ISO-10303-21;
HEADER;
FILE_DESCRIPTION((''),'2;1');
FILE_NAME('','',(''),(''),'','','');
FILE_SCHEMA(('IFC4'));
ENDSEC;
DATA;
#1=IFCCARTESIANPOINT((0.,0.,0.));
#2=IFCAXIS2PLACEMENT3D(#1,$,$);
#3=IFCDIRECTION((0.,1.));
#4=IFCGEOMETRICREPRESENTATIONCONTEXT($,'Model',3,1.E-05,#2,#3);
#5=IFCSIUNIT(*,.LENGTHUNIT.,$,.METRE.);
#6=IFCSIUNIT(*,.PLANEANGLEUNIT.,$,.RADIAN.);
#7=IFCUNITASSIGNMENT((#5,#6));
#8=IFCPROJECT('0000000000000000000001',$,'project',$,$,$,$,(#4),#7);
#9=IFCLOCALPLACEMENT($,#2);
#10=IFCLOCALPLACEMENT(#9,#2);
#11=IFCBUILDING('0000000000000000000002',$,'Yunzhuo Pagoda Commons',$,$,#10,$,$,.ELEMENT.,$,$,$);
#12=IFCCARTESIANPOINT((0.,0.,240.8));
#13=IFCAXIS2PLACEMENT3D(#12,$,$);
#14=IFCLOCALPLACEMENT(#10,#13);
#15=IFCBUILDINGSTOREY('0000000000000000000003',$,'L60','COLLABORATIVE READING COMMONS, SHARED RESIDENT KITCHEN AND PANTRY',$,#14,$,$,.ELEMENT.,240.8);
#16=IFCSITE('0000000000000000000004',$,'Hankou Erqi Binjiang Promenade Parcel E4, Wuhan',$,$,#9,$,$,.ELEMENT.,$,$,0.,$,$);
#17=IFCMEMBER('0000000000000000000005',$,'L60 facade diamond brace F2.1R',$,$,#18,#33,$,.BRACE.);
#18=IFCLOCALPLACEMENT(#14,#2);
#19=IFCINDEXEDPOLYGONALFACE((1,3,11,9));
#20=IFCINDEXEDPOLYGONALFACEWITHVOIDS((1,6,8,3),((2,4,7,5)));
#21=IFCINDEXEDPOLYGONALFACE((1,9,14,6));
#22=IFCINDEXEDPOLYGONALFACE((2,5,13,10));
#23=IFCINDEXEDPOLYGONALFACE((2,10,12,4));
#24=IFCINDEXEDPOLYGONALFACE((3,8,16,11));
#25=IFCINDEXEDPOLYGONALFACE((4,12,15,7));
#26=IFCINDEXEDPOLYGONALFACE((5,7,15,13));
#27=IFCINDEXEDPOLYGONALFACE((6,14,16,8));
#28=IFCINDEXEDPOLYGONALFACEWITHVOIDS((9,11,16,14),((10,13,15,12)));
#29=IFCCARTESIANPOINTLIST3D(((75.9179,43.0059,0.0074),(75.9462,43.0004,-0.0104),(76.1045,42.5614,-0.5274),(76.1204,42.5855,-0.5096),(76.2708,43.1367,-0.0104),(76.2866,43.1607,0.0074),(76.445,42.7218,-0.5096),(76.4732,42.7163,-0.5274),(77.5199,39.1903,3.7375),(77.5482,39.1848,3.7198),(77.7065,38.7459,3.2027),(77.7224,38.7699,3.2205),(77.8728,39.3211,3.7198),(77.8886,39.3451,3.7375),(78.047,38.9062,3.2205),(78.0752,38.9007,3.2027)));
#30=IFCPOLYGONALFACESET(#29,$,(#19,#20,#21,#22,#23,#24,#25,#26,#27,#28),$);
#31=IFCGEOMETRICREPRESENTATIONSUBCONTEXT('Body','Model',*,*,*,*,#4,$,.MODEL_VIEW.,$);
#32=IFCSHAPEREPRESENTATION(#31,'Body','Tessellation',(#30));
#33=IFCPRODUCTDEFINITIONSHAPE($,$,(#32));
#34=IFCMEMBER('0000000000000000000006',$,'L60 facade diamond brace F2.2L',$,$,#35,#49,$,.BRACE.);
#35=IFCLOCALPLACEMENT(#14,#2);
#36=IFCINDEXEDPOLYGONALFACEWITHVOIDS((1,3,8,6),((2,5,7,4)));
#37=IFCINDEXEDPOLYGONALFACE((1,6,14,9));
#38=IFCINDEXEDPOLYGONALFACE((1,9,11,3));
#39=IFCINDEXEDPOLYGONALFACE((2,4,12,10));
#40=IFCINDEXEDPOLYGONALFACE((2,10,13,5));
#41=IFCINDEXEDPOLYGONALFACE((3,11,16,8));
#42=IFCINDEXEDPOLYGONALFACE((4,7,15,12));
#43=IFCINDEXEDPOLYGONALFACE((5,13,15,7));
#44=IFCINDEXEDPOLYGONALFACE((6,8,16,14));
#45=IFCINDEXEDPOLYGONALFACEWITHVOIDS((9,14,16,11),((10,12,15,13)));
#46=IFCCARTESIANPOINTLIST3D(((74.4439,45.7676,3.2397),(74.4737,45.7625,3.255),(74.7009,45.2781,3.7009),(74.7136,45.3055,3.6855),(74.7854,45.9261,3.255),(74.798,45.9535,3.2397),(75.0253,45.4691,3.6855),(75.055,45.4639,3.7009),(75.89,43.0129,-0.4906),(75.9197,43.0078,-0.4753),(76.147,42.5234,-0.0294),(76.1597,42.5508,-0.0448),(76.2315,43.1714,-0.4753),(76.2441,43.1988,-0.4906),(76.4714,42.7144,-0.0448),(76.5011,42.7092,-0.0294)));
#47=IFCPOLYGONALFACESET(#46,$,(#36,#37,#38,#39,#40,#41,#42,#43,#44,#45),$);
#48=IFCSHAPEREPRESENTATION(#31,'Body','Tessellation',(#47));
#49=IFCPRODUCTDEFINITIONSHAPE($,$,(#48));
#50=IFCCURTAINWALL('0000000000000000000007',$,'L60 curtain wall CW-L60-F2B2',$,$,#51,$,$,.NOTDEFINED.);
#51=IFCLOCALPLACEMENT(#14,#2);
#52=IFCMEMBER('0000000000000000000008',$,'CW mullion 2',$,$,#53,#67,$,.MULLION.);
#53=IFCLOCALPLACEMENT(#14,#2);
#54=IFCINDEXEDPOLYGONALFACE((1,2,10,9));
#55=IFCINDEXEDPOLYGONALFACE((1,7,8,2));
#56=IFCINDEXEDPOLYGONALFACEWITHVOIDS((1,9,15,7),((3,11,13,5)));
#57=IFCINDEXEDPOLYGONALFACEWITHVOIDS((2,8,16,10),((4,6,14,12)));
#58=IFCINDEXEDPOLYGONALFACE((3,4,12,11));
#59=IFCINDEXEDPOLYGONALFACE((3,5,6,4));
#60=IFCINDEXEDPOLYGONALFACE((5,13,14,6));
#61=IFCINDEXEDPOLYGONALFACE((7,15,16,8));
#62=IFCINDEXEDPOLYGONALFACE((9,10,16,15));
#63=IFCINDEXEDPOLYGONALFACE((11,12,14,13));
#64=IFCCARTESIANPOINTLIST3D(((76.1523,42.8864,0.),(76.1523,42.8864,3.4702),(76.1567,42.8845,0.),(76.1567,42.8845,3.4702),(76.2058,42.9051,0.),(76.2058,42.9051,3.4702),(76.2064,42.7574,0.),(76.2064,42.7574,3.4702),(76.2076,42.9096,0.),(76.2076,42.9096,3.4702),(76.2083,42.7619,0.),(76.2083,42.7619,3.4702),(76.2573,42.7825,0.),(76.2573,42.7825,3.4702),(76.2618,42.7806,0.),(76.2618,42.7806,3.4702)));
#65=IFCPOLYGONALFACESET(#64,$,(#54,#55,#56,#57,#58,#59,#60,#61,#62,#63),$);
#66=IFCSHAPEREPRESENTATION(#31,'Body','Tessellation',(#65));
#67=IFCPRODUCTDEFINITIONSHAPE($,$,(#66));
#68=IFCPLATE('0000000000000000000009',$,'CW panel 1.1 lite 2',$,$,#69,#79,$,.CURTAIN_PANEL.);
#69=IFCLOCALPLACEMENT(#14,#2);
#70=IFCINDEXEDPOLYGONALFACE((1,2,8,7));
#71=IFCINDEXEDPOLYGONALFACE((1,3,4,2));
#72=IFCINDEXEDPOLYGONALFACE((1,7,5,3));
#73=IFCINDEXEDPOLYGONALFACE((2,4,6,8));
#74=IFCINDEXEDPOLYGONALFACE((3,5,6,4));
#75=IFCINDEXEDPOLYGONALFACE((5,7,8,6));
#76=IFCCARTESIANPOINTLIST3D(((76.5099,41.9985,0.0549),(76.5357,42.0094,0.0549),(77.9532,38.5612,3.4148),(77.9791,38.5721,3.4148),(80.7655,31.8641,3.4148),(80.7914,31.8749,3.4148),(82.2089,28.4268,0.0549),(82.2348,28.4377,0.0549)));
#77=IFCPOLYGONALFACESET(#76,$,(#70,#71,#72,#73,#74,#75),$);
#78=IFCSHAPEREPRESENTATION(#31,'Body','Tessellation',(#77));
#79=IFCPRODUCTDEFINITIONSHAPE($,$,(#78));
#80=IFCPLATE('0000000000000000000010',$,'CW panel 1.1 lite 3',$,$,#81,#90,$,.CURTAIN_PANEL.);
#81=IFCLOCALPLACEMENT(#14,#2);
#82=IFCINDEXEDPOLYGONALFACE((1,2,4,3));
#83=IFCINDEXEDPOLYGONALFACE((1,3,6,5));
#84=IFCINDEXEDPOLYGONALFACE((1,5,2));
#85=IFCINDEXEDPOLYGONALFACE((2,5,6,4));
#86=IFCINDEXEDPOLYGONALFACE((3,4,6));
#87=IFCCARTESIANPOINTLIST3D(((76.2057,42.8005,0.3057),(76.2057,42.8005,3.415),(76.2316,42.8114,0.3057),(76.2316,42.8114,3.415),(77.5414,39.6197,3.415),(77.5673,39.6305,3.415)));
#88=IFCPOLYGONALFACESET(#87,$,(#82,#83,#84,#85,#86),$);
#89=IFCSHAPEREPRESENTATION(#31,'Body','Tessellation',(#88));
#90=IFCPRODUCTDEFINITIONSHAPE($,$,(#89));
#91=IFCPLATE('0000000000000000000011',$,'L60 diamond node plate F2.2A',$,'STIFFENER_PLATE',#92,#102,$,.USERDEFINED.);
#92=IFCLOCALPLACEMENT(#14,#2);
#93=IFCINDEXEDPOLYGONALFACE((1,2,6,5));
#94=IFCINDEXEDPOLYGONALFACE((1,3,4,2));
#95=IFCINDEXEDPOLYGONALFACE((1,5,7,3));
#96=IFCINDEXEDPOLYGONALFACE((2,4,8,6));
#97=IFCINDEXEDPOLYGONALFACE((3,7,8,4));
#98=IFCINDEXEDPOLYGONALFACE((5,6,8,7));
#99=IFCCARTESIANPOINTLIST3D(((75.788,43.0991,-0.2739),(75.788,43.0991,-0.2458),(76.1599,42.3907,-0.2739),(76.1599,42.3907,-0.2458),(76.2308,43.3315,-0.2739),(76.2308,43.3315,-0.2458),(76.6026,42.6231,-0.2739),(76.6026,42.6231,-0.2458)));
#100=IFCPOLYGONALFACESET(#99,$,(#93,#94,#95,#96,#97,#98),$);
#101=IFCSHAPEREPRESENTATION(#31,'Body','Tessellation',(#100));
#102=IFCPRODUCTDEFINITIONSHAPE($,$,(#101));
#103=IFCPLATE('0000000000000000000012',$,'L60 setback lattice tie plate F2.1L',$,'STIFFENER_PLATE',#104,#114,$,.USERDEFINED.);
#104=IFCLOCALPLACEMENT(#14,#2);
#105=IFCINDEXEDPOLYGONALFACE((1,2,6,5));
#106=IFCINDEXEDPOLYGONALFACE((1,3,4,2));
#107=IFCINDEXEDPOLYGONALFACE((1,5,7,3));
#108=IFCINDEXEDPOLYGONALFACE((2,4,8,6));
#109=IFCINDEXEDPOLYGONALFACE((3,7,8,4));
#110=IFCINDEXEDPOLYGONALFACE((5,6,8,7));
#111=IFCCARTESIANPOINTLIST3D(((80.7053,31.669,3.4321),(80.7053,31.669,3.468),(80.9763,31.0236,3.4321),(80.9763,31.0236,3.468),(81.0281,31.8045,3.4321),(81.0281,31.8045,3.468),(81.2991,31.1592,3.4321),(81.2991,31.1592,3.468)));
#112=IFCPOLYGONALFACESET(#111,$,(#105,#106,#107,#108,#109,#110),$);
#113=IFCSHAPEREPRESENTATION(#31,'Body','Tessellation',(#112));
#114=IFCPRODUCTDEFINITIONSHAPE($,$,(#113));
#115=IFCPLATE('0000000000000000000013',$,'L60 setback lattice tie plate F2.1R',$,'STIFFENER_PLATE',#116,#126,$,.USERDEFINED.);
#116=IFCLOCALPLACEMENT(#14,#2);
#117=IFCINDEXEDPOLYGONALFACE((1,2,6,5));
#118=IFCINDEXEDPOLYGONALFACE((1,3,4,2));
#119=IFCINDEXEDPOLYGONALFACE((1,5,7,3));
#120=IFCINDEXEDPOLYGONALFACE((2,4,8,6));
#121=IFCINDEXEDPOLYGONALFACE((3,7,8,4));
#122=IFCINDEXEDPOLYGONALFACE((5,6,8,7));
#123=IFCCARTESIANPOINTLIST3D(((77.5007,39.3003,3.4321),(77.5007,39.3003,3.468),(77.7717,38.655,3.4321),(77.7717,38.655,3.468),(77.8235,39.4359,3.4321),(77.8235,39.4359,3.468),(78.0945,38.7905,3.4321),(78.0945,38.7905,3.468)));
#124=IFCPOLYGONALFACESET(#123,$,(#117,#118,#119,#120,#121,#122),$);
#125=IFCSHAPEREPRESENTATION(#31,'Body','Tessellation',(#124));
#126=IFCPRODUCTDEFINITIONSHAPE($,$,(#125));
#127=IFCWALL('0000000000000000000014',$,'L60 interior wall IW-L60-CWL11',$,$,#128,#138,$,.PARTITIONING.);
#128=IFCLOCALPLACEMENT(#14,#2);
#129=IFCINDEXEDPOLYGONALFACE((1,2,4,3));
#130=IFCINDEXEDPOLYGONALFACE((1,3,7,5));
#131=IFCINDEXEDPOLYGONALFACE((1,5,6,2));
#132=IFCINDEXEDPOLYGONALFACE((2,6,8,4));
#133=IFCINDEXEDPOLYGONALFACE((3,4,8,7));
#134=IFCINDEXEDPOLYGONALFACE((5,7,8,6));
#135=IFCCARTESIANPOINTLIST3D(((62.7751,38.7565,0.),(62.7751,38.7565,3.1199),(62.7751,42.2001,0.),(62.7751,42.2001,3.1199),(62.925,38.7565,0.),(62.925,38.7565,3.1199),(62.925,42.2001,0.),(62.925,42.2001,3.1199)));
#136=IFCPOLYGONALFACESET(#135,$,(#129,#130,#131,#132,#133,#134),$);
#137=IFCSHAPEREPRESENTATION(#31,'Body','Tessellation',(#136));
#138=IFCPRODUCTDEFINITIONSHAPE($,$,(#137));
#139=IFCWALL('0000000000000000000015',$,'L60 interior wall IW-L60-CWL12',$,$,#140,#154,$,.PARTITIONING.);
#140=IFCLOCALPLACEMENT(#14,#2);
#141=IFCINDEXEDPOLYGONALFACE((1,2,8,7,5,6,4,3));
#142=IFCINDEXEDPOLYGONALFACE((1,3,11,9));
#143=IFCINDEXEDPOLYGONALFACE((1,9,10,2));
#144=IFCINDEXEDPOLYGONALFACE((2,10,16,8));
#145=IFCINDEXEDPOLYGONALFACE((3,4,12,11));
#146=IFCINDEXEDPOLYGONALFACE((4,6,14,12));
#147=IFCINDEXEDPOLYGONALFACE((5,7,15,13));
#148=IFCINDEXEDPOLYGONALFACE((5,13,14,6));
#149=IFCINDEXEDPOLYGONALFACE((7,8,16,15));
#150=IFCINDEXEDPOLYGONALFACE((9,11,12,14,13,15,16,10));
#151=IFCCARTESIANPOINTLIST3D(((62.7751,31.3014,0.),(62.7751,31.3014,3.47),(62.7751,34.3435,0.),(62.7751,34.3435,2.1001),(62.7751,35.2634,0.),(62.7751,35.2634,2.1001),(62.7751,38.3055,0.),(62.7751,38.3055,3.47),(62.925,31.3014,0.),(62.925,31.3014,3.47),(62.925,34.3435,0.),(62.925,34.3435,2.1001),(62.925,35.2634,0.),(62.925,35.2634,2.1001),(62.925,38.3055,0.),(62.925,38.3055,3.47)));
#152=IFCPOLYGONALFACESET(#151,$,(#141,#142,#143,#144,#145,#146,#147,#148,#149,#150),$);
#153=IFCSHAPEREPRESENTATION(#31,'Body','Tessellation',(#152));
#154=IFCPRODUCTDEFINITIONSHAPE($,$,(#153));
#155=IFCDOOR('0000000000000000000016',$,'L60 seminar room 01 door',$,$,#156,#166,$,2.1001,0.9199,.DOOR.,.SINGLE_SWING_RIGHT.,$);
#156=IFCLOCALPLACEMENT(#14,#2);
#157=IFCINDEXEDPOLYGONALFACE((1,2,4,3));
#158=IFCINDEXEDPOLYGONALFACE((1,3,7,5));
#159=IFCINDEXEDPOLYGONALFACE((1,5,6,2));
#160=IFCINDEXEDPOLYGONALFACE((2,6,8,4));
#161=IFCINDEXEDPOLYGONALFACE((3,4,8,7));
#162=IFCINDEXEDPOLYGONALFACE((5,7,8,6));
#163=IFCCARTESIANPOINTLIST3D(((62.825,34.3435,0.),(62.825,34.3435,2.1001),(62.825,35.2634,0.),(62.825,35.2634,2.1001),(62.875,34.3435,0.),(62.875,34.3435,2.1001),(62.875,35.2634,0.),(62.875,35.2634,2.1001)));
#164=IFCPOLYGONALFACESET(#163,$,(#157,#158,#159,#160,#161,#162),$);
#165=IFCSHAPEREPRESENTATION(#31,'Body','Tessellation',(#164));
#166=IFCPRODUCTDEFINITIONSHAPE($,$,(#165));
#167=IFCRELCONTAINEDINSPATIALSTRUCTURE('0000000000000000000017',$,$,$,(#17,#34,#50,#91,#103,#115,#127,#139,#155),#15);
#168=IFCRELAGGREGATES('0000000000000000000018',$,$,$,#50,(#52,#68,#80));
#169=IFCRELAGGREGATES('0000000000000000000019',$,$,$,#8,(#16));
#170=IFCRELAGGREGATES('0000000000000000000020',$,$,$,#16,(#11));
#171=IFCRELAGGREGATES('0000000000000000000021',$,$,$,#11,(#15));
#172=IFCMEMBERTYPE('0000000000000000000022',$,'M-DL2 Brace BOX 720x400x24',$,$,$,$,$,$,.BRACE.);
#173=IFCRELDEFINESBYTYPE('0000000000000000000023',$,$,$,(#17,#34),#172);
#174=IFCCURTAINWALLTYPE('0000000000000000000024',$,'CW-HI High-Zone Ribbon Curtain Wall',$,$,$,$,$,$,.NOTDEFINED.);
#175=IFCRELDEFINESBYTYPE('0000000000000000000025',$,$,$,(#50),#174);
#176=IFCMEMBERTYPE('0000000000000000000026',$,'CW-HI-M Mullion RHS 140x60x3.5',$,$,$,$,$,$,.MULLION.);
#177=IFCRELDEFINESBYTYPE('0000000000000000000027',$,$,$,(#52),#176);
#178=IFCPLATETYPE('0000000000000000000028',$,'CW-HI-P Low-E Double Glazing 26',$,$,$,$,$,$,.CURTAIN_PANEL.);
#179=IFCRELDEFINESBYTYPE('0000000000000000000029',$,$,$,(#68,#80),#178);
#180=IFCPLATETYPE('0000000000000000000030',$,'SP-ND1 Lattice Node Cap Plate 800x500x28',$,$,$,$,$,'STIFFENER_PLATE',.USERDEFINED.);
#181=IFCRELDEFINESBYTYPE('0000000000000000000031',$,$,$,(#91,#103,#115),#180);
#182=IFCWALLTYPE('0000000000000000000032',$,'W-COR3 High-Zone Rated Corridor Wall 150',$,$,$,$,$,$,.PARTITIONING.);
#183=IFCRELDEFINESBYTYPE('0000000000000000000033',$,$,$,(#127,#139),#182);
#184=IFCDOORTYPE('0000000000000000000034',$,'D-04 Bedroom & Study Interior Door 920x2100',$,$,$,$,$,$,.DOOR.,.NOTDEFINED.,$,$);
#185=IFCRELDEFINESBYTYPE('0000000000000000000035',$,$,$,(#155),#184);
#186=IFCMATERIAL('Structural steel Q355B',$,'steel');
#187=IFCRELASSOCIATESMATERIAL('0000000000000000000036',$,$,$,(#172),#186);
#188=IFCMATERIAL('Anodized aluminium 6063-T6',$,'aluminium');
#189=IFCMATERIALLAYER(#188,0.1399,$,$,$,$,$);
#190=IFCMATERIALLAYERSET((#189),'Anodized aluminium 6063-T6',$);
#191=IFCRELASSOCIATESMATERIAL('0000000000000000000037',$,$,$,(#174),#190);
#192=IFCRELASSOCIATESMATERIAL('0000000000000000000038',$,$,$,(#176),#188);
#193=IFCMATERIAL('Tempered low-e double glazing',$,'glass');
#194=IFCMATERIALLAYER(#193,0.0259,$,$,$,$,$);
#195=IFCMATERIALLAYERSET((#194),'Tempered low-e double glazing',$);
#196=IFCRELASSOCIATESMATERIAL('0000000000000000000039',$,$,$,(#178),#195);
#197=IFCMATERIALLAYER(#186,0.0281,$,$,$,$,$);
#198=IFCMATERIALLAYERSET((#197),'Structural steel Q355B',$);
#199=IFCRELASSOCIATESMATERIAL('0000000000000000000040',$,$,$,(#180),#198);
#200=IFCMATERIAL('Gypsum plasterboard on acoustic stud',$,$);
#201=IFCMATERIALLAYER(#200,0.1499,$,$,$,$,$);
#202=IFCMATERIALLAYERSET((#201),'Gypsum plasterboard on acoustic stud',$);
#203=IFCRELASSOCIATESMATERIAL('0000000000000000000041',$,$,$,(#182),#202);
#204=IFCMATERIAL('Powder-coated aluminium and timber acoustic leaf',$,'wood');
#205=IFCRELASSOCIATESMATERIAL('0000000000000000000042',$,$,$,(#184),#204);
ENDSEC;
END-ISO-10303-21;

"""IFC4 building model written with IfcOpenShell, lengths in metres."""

from ifc_helpers import new_model, si_unit, direction, frame, frame_2d, origin, origin_with_axes, origin_2d, place, context, subcontext, project, spatial, polyline, rectangle, hollow_rectangle, outline, extrude, source, transform, mapped, material, layer, layer_set, material_profile, profile_set, type_object, element, fill, aggregate, save


model = new_model("IFC4")

# Units and contexts
model_context = context("Model", 3, precision=1e-05, world=origin(), true_north=direction((0.0, 1.0)))
body_context = subcontext(model_context, "Body", "Model", "MODEL_VIEW")
ifc_project = project(units=[si_unit("LENGTHUNIT", "METRE"), si_unit("PLANEANGLEUNIT", "RADIAN")], contexts=[model_context])

# Site, building, storey
site_placement = place(None, origin())
site = spatial("IfcSite", under=ifc_project, at=site_placement, Name="Hankou Erqi Binjiang Promenade Parcel E4, Wuhan", CompositionType="ELEMENT", RefElevation=0.0)
building_placement = place(site_placement, origin())
building = spatial("IfcBuilding", under=site, at=building_placement, Name="Yunzhuo Pagoda Commons", CompositionType="ELEMENT")
storey_placement = place(building_placement, frame((0.0, 0.0, 240.8)))
storey = spatial("IfcBuildingStorey", under=building, at=storey_placement, Name="L60", Description="COLLABORATIVE READING COMMONS, SHARED RESIDENT KITCHEN AND PANTRY", CompositionType="ELEMENT", Elevation=240.8)

# Shared definitions
ifc_material_1 = material(Name="Structural steel Q355B", Category="steel")

# Members
ifc_material_profile_1 = material_profile(ifc_material_1, hollow_rectangle(XDim=0.3999, YDim=0.72, WallThickness=0.0239, at=origin_2d()), Name="Structural steel Q355B")
ifc_profile_set_1 = profile_set([ifc_material_profile_1], Name="Structural steel Q355B")
member_type_1 = type_object("IfcMemberType", Name="M-DL2 Brace BOX 720x400x24", PredefinedType="BRACE", material=ifc_profile_set_1)
shared_shape_1 = source(origin(), body_context, "Body", "SweptSolid", [
    extrude(hollow_rectangle(XDim=0.3999, YDim=0.72, WallThickness=0.0239, at=origin_2d()), origin(), (0.0, 0.0, 1.0), 5.5713),
])
member_1_placement = place(storey_placement, frame((76.1956, 42.8611, -0.26), z_axis=(0.287549, -0.684868, 0.669531), x_axis=(0.922028, 0.387123, 0.0)))
element("IfcMember", 1, at=member_1_placement, inside=storey, type_object=member_type_1, Name="L60 facade diamond brace F2.1R", PredefinedType="BRACE", context=body_context, shape_type="MappedRepresentation", body=[
    mapped(shared_shape_1, transform((0.0, 0.0, 0.0), scale=1.0)),
])
shared_shape_2 = source(origin(), body_context, "Body", "SweptSolid", [
    extrude(hollow_rectangle(XDim=0.3999, YDim=0.72, WallThickness=0.0239, at=origin_2d()), origin(), (0.0, 0.0, 1.0), 4.8574),
])
member_2_placement = place(storey_placement, frame((76.1956, 42.8611, -0.26), z_axis=(-0.297704, 0.56711, 0.767958), x_axis=(-0.885416, -0.464799, 0.0)))
element("IfcMember", 2, at=member_2_placement, inside=storey, type_object=member_type_1, Name="L60 facade diamond brace F2.2L", PredefinedType="BRACE", context=body_context, shape_type="MappedRepresentation", body=[
    mapped(shared_shape_2, transform((0.0, 0.0, 0.0), scale=1.0)),
])

# Curtain wall, member, plates
ifc_material_2 = material(Name="Anodized aluminium 6063-T6", Category="aluminium")
ifc_layer_1 = layer(ifc_material_2, 0.1399)
ifc_layer_set_1 = layer_set([ifc_layer_1], Name="Anodized aluminium 6063-T6")
curtain_wall_type = type_object("IfcCurtainWallType", Name="CW-HI High-Zone Ribbon Curtain Wall", PredefinedType="NOTDEFINED", material=ifc_layer_set_1)
curtain_wall_placement = place(storey_placement, origin())
curtain_wall = element("IfcCurtainWall", 3, at=curtain_wall_placement, inside=storey, type_object=curtain_wall_type, Name="L60 curtain wall CW-L60-F2B2", PredefinedType="NOTDEFINED")
ifc_material_profile_2 = material_profile(ifc_material_2, hollow_rectangle(XDim=0.0601, YDim=0.1399, WallThickness=0.0034, at=origin_2d()), Name="Anodized aluminium 6063-T6")
ifc_profile_set_2 = profile_set([ifc_material_profile_2], Name="Anodized aluminium 6063-T6")
member_type_2 = type_object("IfcMemberType", Name="CW-HI-M Mullion RHS 140x60x3.5", PredefinedType="MULLION", material=ifc_profile_set_2)
shared_shape_3 = source(origin(), body_context, "Body", "SweptSolid", [
    extrude(hollow_rectangle(XDim=0.0601, YDim=0.1399, WallThickness=0.0034, at=origin_2d()), origin(), (0.0, 0.0, 1.0), 3.4702),
])
member_3_placement = place(storey_placement, frame((76.207, 42.8335, 0.0), z_axis=(0.0, 0.0, 1.0), x_axis=(-0.922008, -0.38717, 0.0)))
member_3 = element("IfcMember", 4, at=member_3_placement, type_object=member_type_2, Name="CW mullion 2", PredefinedType="MULLION", context=body_context, shape_type="MappedRepresentation", body=[
    mapped(shared_shape_3, transform((0.0, 0.0, 0.0), scale=1.0)),
])
ifc_material_3 = material(Name="Tempered low-e double glazing", Category="glass")
ifc_layer_2 = layer(ifc_material_3, 0.0259)
ifc_layer_set_2 = layer_set([ifc_layer_2], Name="Tempered low-e double glazing")
plate_type_1 = type_object("IfcPlateType", Name="CW-HI-P Low-E Double Glazing 26", PredefinedType="CURTAIN_PANEL", material=ifc_layer_set_2)
plate_1_placement = place(storey_placement, frame((79.3594, 35.2126, 1.7349), z_axis=(0.922008, 0.38717, 0.0), x_axis=(-0.38717, 0.922008, 0.0)))
plate_1 = element("IfcPlate", 5, at=plate_1_placement, type_object=plate_type_1, Name="CW panel 1.1 lite 2", PredefinedType="CURTAIN_PANEL", context=body_context, shape_type="SweptSolid", body=[
    extrude(outline(polyline([(-7.3599, -1.6799), (7.3599, -1.6799), (3.6318, 1.6799), (-3.6318, 1.6799), (-7.3599, -1.6799)])), origin(), (0.0, 0.0, 1.0), 0.0281),
])
plate_2_placement = place(storey_placement, frame((76.8735, 41.2102, 1.8604), z_axis=(0.922008, 0.38717, 0.0), x_axis=(-0.38717, 0.922008, 0.0)))
plate_2 = element("IfcPlate", 6, at=plate_2_placement, type_object=plate_type_1, Name="CW panel 1.1 lite 3", PredefinedType="CURTAIN_PANEL", context=body_context, shape_type="SweptSolid", body=[
    extrude(outline(polyline([(-1.7251, 1.5547), (1.7249, -1.5547), (1.7249, 1.5547), (-1.7251, 1.5547)])), origin(), (0.0, 0.0, 1.0), 0.0281),
])
aggregate(curtain_wall, [member_3, plate_1, plate_2])

# Plates
ifc_layer_3 = layer(ifc_material_1, 0.0281)
ifc_layer_set_3 = layer_set([ifc_layer_3], Name="Structural steel Q355B")
plate_type_2 = type_object("IfcPlateType", Name="SP-ND1 Lattice Node Cap Plate 800x500x28", ElementType="STIFFENER_PLATE", PredefinedType="USERDEFINED", material=ifc_layer_set_3)
shared_shape_4 = source(origin(), body_context, "Body", "SweptSolid", [
    extrude(rectangle(XDim=0.8, YDim=0.5, at=origin_2d()), origin(), (0.0, 0.0, 1.0), 0.0281),
])
plate_3_placement = place(storey_placement, frame((76.1953, 42.8611, -0.2739), z_axis=(0.0, 0.0, 1.0), x_axis=(-0.464765, 0.885434, 0.0)))
element("IfcPlate", 7, at=plate_3_placement, inside=storey, type_object=plate_type_2, Name="L60 diamond node plate F2.2A", ObjectType="STIFFENER_PLATE", PredefinedType="USERDEFINED", context=body_context, shape_type="MappedRepresentation", body=[
    mapped(shared_shape_4, transform((0.0, 0.0, 0.0), scale=1.0)),
])
shared_shape_5 = source(origin(), body_context, "Body", "SweptSolid", [
    extrude(rectangle(XDim=0.7, YDim=0.3501, at=origin_2d()), origin(), (0.0, 0.0, 1.0), 0.0359),
])
for number, where, z_axis, x_axis, name in (
    (8, (81.0022, 31.4141, 3.4321), (0.0, 0.0, 1.0), (-0.387178, 0.922005, 0.0), "L60 setback lattice tie plate F2.1L"),
    (9, (77.7976, 39.0454, 3.4321), (0.0, 0.0, 1.0), (-0.387178, 0.922005, 0.0), "L60 setback lattice tie plate F2.1R"),
):
    element("IfcPlate", number, at=place(storey_placement, frame(where, z_axis=z_axis, x_axis=x_axis)), inside=storey, type_object=plate_type_2, Name=name, ObjectType="STIFFENER_PLATE", PredefinedType="USERDEFINED", context=body_context, shape_type="MappedRepresentation", body=[
        mapped(shared_shape_5, transform((0.0, 0.0, 0.0), scale=1.0)),
    ])

# Wall
ifc_material_4 = material(Name="Gypsum plasterboard on acoustic stud")
ifc_layer_4 = layer(ifc_material_4, 0.1499)
ifc_layer_set_4 = layer_set([ifc_layer_4], Name="Gypsum plasterboard on acoustic stud")
wall_type_1 = type_object("IfcWallType", Name="W-COR3 High-Zone Rated Corridor Wall 150", PredefinedType="PARTITIONING", material=ifc_layer_set_4)
wall_1_placement = place(storey_placement, frame((62.8501, 42.2, 0.0), z_axis=(0.0, 0.0, 1.0), x_axis=(0.0, -1.0, 0.0)))
element("IfcWall", 10, at=wall_1_placement, inside=storey, type_object=wall_type_1, Name="L60 interior wall IW-L60-CWL11", PredefinedType="PARTITIONING", context=body_context, shape_type="SweptSolid", body=[
    extrude(rectangle(XDim=3.4436, YDim=0.1499, at=frame_2d((1.7217, 0.0))), origin(), (0.0, 0.0, 1.0), 3.1199),
])

# Wall, opening, door
wall_2_placement = place(storey_placement, frame((62.8501, 38.3054, 0.0), z_axis=(0.0, 0.0, 1.0), x_axis=(0.0, -1.0, 0.0)))
wall_2 = element("IfcWall", 11, at=wall_2_placement, inside=storey, type_object=wall_type_1, Name="L60 interior wall IW-L60-CWL12", PredefinedType="PARTITIONING", context=body_context, shape_type="SweptSolid", body=[
    extrude(rectangle(XDim=7.0042, YDim=0.1499, at=frame_2d((3.502, 0.0))), origin(), (0.0, 0.0, 1.0), 3.47),
])
opening_placement = place(wall_2_placement, frame((3.042, 0.0, 0.0)))
opening = element("IfcOpeningElement", 12, at=opening_placement, cuts=wall_2, PredefinedType="OPENING", context=body_context, shape_type="SweptSolid", body=[
    extrude(rectangle(XDim=0.9199, YDim=2.1001, at=frame_2d((0.46, 1.05))), frame((0.0, 0.085, 0.0), z_axis=(0.0, -1.0, 0.0), x_axis=(1.0, 0.0, 0.0)), (0.0, 0.0, 1.0), 0.1699),
])
ifc_material_5 = material(Name="Powder-coated aluminium and timber acoustic leaf", Category="wood")
door_type = type_object("IfcDoorType", Name="D-04 Bedroom & Study Interior Door 920x2100", OperationType="NOTDEFINED", PredefinedType="DOOR", material=ifc_material_5)
shared_shape_6 = source(origin(), body_context, "Body", "SweptSolid", [
    extrude(rectangle(XDim=0.9199, YDim=2.1001, at=frame_2d((0.46, 1.05))), frame((0.0, 0.0249, 0.0), z_axis=(0.0, -1.0, 0.0), x_axis=(1.0, 0.0, 0.0)), (0.0, 0.0, 1.0), 0.05),
])
door_placement = place(opening_placement, origin_with_axes())
door = element("IfcDoor", 13, at=door_placement, inside=storey, type_object=door_type, Name="L60 seminar room 01 door", OperationType="SINGLE_SWING_RIGHT", OverallHeight=2.1001, OverallWidth=0.9199, PredefinedType="DOOR", context=body_context, shape_type="MappedRepresentation", body=[
    mapped(shared_shape_6, transform((0.0, 0.0, 0.0), scale=1.0)),
])
fill(opening, door)

save(model, "model.ifc")
